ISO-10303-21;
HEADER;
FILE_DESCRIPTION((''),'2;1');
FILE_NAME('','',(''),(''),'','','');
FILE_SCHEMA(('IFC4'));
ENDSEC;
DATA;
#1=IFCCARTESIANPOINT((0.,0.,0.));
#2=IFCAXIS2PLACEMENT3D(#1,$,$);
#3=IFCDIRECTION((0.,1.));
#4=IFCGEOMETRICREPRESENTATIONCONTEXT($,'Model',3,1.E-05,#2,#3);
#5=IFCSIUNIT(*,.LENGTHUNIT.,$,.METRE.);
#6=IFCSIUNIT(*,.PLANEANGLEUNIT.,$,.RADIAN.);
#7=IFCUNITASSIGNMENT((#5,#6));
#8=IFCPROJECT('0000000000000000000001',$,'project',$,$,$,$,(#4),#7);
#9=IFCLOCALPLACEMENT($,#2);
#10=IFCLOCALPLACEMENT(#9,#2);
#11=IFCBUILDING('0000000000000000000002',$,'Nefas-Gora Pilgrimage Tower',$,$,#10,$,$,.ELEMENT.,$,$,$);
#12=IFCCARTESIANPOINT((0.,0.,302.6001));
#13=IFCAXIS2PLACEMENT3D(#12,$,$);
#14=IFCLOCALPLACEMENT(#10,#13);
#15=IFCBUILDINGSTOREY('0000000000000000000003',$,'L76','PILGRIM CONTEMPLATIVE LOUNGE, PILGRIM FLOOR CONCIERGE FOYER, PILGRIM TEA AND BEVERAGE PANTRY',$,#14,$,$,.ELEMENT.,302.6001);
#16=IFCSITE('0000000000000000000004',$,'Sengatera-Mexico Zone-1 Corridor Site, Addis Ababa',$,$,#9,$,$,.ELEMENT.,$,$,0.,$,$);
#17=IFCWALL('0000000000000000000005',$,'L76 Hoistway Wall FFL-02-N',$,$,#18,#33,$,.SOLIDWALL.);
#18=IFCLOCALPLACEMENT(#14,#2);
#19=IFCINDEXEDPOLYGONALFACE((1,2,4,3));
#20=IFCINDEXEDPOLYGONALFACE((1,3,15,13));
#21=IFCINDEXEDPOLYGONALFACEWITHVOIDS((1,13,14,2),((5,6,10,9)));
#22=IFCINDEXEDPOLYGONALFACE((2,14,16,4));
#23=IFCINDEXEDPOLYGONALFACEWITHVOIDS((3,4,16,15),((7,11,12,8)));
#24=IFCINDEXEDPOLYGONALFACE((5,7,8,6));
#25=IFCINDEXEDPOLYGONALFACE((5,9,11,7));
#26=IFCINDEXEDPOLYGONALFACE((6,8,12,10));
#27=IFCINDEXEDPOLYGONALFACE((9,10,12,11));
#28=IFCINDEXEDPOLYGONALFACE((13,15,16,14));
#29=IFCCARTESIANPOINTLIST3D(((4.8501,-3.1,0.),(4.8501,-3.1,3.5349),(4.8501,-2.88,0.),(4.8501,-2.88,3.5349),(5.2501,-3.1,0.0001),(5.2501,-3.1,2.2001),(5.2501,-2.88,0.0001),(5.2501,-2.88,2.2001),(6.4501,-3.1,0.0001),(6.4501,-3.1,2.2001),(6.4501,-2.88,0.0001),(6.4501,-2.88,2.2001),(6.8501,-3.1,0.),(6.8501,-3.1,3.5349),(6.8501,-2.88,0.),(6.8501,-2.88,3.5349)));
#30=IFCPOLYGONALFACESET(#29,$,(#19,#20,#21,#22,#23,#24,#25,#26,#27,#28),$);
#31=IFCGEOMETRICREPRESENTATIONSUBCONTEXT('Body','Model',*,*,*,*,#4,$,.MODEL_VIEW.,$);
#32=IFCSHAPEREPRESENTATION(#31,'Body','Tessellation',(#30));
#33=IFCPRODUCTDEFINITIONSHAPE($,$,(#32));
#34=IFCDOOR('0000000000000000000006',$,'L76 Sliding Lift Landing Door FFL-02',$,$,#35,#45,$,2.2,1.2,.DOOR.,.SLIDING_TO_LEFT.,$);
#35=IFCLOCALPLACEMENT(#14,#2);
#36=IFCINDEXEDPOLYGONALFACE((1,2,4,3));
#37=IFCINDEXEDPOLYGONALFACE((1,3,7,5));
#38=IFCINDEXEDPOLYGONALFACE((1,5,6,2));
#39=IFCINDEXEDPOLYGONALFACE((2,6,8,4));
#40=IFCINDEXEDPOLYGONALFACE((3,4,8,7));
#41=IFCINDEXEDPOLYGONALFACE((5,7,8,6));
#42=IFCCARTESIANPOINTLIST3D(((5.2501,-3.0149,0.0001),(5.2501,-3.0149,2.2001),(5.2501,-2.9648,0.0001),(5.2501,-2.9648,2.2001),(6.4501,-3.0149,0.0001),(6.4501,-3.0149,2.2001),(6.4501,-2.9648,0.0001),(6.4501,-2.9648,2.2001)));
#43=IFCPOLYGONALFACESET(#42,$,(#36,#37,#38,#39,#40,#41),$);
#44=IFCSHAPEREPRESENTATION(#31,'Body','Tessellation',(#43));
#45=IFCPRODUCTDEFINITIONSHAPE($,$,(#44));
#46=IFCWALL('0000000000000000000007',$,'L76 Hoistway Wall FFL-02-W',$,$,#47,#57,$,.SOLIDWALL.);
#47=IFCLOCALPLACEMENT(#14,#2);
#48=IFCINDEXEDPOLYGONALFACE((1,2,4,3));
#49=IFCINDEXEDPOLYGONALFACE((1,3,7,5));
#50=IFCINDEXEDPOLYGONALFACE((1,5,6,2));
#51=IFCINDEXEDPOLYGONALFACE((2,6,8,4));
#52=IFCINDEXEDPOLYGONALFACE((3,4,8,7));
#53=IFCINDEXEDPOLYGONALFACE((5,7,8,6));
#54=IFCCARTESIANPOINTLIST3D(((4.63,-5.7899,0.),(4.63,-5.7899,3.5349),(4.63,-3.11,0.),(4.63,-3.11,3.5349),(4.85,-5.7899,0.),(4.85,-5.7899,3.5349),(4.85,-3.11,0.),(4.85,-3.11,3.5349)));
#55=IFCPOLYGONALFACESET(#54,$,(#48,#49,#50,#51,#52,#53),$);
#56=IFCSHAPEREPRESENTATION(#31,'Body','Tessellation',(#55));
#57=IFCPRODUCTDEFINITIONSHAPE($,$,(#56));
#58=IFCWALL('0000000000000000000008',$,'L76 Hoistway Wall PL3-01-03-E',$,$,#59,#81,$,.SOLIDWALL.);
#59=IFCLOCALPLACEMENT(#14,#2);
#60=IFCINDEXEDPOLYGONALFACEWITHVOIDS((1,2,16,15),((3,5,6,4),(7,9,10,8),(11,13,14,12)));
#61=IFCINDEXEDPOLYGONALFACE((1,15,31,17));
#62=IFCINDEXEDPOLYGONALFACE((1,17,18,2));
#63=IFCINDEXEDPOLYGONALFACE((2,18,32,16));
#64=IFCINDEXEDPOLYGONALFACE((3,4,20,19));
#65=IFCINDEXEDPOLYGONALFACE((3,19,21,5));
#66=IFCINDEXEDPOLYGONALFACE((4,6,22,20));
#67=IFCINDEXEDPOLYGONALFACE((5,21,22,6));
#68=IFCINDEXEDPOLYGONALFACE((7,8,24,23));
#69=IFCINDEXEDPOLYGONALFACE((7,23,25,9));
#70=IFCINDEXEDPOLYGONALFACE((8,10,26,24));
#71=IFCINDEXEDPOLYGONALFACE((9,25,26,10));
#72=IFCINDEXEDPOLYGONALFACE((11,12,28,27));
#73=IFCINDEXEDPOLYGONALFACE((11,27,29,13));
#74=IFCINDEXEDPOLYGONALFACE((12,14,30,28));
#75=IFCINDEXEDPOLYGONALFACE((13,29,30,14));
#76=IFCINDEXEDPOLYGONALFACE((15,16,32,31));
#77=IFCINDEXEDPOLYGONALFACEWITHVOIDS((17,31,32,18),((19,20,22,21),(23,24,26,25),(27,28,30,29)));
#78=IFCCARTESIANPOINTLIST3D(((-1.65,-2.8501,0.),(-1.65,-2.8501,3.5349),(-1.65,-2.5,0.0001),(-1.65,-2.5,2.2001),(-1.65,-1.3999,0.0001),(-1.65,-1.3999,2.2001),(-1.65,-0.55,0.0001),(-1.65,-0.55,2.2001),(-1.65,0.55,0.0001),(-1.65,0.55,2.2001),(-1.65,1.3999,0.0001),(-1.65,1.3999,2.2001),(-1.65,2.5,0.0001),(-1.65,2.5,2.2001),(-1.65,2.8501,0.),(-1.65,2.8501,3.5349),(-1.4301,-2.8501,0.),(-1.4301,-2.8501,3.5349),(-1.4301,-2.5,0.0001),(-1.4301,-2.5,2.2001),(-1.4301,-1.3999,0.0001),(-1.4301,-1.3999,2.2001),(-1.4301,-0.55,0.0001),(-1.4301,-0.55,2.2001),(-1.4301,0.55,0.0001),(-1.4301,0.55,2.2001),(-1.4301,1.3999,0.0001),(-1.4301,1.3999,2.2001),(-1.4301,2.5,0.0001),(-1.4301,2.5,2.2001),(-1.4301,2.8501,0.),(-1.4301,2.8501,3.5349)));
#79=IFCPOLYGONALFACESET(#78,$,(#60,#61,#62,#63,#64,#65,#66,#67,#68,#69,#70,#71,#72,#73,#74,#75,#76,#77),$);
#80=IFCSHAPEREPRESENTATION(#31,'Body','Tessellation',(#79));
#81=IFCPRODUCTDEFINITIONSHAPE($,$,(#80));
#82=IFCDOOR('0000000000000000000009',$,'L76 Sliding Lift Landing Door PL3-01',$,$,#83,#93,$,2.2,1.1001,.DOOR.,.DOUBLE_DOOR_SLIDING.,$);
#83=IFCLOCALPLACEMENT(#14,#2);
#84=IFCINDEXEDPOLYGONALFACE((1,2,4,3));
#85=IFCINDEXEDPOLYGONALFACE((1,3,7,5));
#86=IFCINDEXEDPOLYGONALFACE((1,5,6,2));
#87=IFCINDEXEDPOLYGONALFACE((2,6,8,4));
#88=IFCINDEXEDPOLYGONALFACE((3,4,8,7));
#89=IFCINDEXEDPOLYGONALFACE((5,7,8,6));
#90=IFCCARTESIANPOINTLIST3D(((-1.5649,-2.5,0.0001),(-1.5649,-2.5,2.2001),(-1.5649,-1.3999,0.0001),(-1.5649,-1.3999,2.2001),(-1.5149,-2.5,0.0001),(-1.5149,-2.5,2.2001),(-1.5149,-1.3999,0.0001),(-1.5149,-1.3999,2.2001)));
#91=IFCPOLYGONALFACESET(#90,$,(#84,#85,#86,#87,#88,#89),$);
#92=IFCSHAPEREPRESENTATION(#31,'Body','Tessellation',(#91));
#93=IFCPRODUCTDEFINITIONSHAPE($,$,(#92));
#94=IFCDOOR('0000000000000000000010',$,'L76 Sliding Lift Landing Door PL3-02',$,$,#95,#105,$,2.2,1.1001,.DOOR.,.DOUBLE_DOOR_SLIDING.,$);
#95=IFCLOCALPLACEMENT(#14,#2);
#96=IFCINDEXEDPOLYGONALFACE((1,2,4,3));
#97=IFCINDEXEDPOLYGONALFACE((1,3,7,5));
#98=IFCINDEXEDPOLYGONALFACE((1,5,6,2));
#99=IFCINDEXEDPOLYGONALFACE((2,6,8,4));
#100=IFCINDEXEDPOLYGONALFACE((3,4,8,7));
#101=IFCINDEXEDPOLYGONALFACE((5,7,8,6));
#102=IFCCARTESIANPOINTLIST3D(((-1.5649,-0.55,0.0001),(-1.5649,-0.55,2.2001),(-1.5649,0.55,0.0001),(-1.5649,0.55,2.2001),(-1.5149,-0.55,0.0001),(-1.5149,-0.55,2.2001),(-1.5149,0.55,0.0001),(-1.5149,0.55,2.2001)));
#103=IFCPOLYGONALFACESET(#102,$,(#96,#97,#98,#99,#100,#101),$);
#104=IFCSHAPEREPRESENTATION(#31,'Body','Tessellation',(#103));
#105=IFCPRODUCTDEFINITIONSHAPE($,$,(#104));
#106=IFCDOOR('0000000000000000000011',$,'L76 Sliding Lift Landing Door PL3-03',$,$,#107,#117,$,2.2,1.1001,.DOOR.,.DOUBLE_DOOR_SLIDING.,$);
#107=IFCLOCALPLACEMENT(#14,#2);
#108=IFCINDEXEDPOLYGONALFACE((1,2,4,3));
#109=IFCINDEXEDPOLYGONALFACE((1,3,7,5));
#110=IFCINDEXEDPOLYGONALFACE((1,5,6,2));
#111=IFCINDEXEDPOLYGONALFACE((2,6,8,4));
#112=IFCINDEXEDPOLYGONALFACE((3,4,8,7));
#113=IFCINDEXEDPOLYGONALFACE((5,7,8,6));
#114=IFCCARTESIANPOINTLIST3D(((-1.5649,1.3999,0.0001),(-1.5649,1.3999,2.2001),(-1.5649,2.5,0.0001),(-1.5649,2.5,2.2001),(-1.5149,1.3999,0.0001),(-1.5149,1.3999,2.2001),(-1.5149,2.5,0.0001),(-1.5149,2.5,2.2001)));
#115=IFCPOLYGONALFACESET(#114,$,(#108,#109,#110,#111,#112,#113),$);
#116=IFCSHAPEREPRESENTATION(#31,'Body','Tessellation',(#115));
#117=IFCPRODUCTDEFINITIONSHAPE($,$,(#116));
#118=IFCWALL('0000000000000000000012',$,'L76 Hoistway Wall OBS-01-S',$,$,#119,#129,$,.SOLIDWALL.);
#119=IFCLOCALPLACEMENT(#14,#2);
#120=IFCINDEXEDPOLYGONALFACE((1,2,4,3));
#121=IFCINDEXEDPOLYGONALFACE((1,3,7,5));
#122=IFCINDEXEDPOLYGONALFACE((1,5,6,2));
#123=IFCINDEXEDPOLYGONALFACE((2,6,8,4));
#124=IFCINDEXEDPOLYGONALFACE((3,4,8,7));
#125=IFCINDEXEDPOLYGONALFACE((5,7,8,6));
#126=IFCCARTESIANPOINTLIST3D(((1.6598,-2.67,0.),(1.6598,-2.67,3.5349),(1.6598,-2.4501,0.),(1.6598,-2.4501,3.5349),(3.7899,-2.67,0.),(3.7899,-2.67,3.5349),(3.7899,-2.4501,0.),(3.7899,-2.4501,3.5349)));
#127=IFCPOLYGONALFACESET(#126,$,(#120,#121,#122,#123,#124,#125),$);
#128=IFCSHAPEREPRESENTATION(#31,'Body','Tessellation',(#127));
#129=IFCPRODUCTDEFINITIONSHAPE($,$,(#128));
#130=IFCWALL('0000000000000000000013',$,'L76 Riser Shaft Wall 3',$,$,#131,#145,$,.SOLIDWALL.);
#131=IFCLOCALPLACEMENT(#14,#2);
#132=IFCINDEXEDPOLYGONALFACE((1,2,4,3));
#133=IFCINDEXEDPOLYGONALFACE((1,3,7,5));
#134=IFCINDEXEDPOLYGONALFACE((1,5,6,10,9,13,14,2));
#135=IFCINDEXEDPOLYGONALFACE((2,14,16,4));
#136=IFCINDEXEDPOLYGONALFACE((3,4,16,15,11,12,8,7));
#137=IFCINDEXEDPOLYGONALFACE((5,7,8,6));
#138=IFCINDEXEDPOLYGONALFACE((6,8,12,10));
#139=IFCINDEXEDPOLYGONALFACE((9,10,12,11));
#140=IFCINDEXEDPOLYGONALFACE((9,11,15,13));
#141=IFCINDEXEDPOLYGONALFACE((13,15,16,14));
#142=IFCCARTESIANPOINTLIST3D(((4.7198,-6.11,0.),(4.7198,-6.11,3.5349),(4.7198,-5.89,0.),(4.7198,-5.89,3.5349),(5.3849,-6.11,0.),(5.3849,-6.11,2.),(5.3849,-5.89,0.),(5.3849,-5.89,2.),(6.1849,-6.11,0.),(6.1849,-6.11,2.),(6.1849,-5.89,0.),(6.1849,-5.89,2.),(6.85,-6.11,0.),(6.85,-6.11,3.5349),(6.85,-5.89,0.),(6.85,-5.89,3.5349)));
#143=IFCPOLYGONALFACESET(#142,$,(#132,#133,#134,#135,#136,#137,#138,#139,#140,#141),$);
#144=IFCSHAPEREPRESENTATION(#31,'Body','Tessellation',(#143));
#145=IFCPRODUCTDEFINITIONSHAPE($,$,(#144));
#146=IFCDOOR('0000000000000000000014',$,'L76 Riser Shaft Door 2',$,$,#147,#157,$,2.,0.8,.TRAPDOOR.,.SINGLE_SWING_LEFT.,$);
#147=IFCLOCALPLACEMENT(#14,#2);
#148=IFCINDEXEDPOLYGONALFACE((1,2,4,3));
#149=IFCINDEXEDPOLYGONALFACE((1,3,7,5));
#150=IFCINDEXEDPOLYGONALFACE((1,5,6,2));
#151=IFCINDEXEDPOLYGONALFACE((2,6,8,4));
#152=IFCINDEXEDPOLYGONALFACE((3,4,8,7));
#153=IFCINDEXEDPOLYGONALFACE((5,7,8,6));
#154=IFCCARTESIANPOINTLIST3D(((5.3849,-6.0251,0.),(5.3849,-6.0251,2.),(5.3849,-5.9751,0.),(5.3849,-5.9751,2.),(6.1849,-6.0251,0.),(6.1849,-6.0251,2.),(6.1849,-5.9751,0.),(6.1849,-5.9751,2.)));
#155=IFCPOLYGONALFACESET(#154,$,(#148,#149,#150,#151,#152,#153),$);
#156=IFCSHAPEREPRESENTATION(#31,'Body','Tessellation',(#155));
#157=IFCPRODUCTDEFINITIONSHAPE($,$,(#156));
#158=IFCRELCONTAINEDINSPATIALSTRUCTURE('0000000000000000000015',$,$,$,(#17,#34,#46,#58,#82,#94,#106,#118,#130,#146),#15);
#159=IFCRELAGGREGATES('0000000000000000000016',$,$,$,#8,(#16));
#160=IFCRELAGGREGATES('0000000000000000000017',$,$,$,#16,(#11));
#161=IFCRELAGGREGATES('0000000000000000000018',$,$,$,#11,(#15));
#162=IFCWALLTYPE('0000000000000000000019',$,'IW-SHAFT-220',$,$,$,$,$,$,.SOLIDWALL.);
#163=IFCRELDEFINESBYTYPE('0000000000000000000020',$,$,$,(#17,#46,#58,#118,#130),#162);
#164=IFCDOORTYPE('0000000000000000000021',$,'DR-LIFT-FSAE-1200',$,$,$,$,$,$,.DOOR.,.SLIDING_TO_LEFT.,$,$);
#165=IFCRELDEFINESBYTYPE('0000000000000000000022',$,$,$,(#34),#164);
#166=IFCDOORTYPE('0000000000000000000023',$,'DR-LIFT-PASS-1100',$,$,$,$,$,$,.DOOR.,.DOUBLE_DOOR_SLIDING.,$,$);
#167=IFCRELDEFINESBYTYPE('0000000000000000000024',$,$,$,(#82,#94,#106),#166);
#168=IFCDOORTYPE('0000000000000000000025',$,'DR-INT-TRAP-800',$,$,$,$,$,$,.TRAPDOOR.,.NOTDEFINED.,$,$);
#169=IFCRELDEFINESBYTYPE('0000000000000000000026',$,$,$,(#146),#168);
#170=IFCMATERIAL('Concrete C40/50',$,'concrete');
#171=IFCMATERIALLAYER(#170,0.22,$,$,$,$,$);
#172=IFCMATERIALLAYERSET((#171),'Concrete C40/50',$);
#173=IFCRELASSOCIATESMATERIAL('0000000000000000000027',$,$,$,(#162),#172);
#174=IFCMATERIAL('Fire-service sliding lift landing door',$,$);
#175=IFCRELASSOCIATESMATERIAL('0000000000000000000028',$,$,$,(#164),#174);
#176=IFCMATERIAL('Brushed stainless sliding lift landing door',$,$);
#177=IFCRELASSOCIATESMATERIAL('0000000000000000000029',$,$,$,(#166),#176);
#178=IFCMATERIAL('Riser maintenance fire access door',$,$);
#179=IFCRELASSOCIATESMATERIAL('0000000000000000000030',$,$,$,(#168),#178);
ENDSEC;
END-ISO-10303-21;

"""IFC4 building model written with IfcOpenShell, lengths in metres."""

from ifc_helpers import new_model, si_unit, direction, frame, frame_2d, origin, place, context, subcontext, project, spatial, rectangle, extrude, source, transform, mapped, material, layer, layer_set, type_object, element, fill, save


model = new_model("IFC4")

# Units and contexts
model_context = context("Model", 3, precision=1e-05, world=origin(), true_north=direction((0.0, 1.0)))
body_context = subcontext(model_context, "Body", "Model", "MODEL_VIEW")
ifc_project = project(units=[si_unit("LENGTHUNIT", "METRE"), si_unit("PLANEANGLEUNIT", "RADIAN")], contexts=[model_context])

# Site, building, storey
site_placement = place(None, origin())
site = spatial("IfcSite", under=ifc_project, at=site_placement, Name="Sengatera-Mexico Zone-1 Corridor Site, Addis Ababa", CompositionType="ELEMENT", RefElevation=0.0)
building_placement = place(site_placement, origin())
building = spatial("IfcBuilding", under=site, at=building_placement, Name="Nefas-Gora Pilgrimage Tower", CompositionType="ELEMENT")
storey_placement = place(building_placement, frame((0.0, 0.0, 302.6001)))
storey = spatial("IfcBuildingStorey", under=building, at=storey_placement, Name="L76", Description="PILGRIM CONTEMPLATIVE LOUNGE, PILGRIM FLOOR CONCIERGE FOYER, PILGRIM TEA AND BEVERAGE PANTRY", CompositionType="ELEMENT", Elevation=302.6001)

# Shared definitions
ifc_material_1 = material(Name="Concrete C40/50", Category="concrete")

# Wall, opening, door
ifc_layer_1 = layer(ifc_material_1, 0.22)
ifc_layer_set_1 = layer_set([ifc_layer_1], Name="Concrete C40/50")
wall_type_1 = type_object("IfcWallType", Name="IW-SHAFT-220", PredefinedType="SOLIDWALL", material=ifc_layer_set_1)
shared_shape_1 = source(origin(), body_context, "Body", "SweptSolid", [
    extrude(rectangle(XDim=2.0, YDim=0.22, at=frame_2d((1.0, 0.0))), origin(), (0.0, 0.0, 1.0), 3.5349),
])
wall_1_placement = place(storey_placement, frame((6.8501, -2.99, 0.0), z_axis=(0.0, 0.0, 1.0), x_axis=(-1.0, 0.0, 0.0)))
wall_1 = element("IfcWall", 1, at=wall_1_placement, inside=storey, type_object=wall_type_1, Name="L76 Hoistway Wall FFL-02-N", PredefinedType="SOLIDWALL", context=body_context, shape_type="MappedRepresentation", body=[
    mapped(shared_shape_1, transform((0.0, 0.0, 0.0), x_axis=(1.0, 0.0, 0.0), y_axis=(0.0, 1.0, 0.0), z_axis=(0.0, 0.0, 1.0), scale=1.0)),
])
opening_1_placement = place(wall_1_placement, frame((0.3999, 0.0, 0.0)))
opening_1 = element("IfcOpeningElement", 2, at=opening_1_placement, cuts=wall_1, PredefinedType="OPENING", context=body_context, shape_type="SweptSolid", body=[
    extrude(rectangle(XDim=1.2, YDim=2.2, at=frame_2d((0.6001, 1.1001))), frame((0.0, 0.1199, 0.0), z_axis=(0.0, -1.0, 0.0), x_axis=(1.0, 0.0, 0.0)), (0.0, 0.0, 1.0), 0.24),
])
ifc_material_2 = material(Name="Fire-service sliding lift landing door")
door_type_1 = type_object("IfcDoorType", Name="DR-LIFT-FSAE-1200", OperationType="SLIDING_TO_LEFT", PredefinedType="DOOR", material=ifc_material_2)
shared_shape_2 = source(origin(), body_context, "Body", "SweptSolid", [
    extrude(rectangle(XDim=1.2, YDim=2.2, at=frame_2d((0.6001, 1.1001))), frame((0.0, 0.0249, 0.0), z_axis=(0.0, -1.0, 0.0), x_axis=(1.0, 0.0, 0.0)), (0.0, 0.0, 1.0), 0.05),
])
door_1_placement = place(opening_1_placement, origin())
door_1 = element("IfcDoor", 3, at=door_1_placement, inside=storey, type_object=door_type_1, Name="L76 Sliding Lift Landing Door FFL-02", OperationType="SLIDING_TO_LEFT", OverallHeight=2.2, OverallWidth=1.2, PredefinedType="DOOR", context=body_context, shape_type="MappedRepresentation", body=[
    mapped(shared_shape_2, transform((0.0, 0.0, 0.0), x_axis=(1.0, 0.0, 0.0), y_axis=(0.0, 1.0, 0.0), z_axis=(0.0, 0.0, 1.0), scale=1.0)),
])
fill(opening_1, door_1)

# Wall
shared_shape_3 = source(origin(), body_context, "Body", "SweptSolid", [
    extrude(rectangle(XDim=2.6799, YDim=0.22, at=frame_2d((1.3398, 0.0))), origin(), (0.0, 0.0, 1.0), 3.5349),
])
wall_2_placement = place(storey_placement, frame((4.74, -3.1101, 0.0), z_axis=(0.0, 0.0, 1.0), x_axis=(0.0, -1.0, 0.0)))
element("IfcWall", 4, at=wall_2_placement, inside=storey, type_object=wall_type_1, Name="L76 Hoistway Wall FFL-02-W", PredefinedType="SOLIDWALL", context=body_context, shape_type="MappedRepresentation", body=[
    mapped(shared_shape_3, transform((0.0, 0.0, 0.0), x_axis=(1.0, 0.0, 0.0), y_axis=(0.0, 1.0, 0.0), z_axis=(0.0, 0.0, 1.0), scale=1.0)),
])

# Wall, openings, doors
shared_shape_4 = source(origin(), body_context, "Body", "SweptSolid", [
    extrude(rectangle(XDim=5.7002, YDim=0.22, at=frame_2d((2.8501, 0.0))), origin(), (0.0, 0.0, 1.0), 3.5349),
])
wall_3_placement = place(storey_placement, frame((-1.54, -2.8501, 0.0), z_axis=(0.0, 0.0, 1.0), x_axis=(0.0, 1.0, 0.0)))
wall_3 = element("IfcWall", 5, at=wall_3_placement, inside=storey, type_object=wall_type_1, Name="L76 Hoistway Wall PL3-01-03-E", PredefinedType="SOLIDWALL", context=body_context, shape_type="MappedRepresentation", body=[
    mapped(shared_shape_4, transform((0.0, 0.0, 0.0), x_axis=(1.0, 0.0, 0.0), y_axis=(0.0, 1.0, 0.0), z_axis=(0.0, 0.0, 1.0), scale=1.0)),
])
opening_2_placement = place(wall_3_placement, frame((0.3501, 0.0, 0.0)))
opening_2 = element("IfcOpeningElement", 6, at=opening_2_placement, cuts=wall_3, PredefinedType="OPENING", context=body_context, shape_type="SweptSolid", body=[
    extrude(rectangle(XDim=1.1001, YDim=2.2, at=frame_2d((0.55, 1.1001))), frame((0.0, 0.1199, 0.0), z_axis=(0.0, -1.0, 0.0), x_axis=(1.0, 0.0, 0.0)), (0.0, 0.0, 1.0), 0.24),
])
opening_3_placement = place(wall_3_placement, frame((2.3, 0.0, 0.0)))
opening_3 = element("IfcOpeningElement", 7, at=opening_3_placement, cuts=wall_3, PredefinedType="OPENING", context=body_context, shape_type="SweptSolid", body=[
    extrude(rectangle(XDim=1.1001, YDim=2.2, at=frame_2d((0.55, 1.1001))), frame((0.0, 0.1199, 0.0), z_axis=(0.0, -1.0, 0.0), x_axis=(1.0, 0.0, 0.0)), (0.0, 0.0, 1.0), 0.24),
])
opening_4_placement = place(wall_3_placement, frame((4.25, 0.0, 0.0)))
opening_4 = element("IfcOpeningElement", 8, at=opening_4_placement, cuts=wall_3, PredefinedType="OPENING", context=body_context, shape_type="SweptSolid", body=[
    extrude(rectangle(XDim=1.1001, YDim=2.2, at=frame_2d((0.55, 1.1001))), frame((0.0, 0.1199, 0.0), z_axis=(0.0, -1.0, 0.0), x_axis=(1.0, 0.0, 0.0)), (0.0, 0.0, 1.0), 0.24),
])
ifc_material_3 = material(Name="Brushed stainless sliding lift landing door")
door_type_2 = type_object("IfcDoorType", Name="DR-LIFT-PASS-1100", OperationType="DOUBLE_DOOR_SLIDING", PredefinedType="DOOR", material=ifc_material_3)
shared_shape_5 = source(origin(), body_context, "Body", "SweptSolid", [
    extrude(rectangle(XDim=1.1001, YDim=2.2, at=frame_2d((0.55, 1.1001))), frame((0.0, 0.0249, 0.0), z_axis=(0.0, -1.0, 0.0), x_axis=(1.0, 0.0, 0.0)), (0.0, 0.0, 1.0), 0.05),
])
door_2_placement = place(opening_2_placement, origin())
door_2 = element("IfcDoor", 9, at=door_2_placement, inside=storey, type_object=door_type_2, Name="L76 Sliding Lift Landing Door PL3-01", OperationType="DOUBLE_DOOR_SLIDING", OverallHeight=2.2, OverallWidth=1.1001, PredefinedType="DOOR", context=body_context, shape_type="MappedRepresentation", body=[
    mapped(shared_shape_5, transform((0.0, 0.0, 0.0), x_axis=(1.0, 0.0, 0.0), y_axis=(0.0, 1.0, 0.0), z_axis=(0.0, 0.0, 1.0), scale=1.0)),
])
fill(opening_2, door_2)
door_3_placement = place(opening_3_placement, origin())
door_3 = element("IfcDoor", 10, at=door_3_placement, inside=storey, type_object=door_type_2, Name="L76 Sliding Lift Landing Door PL3-02", OperationType="DOUBLE_DOOR_SLIDING", OverallHeight=2.2, OverallWidth=1.1001, PredefinedType="DOOR", context=body_context, shape_type="MappedRepresentation", body=[
    mapped(shared_shape_5, transform((0.0, 0.0, 0.0), x_axis=(1.0, 0.0, 0.0), y_axis=(0.0, 1.0, 0.0), z_axis=(0.0, 0.0, 1.0), scale=1.0)),
])
fill(opening_3, door_3)
door_4_placement = place(opening_4_placement, origin())
door_4 = element("IfcDoor", 11, at=door_4_placement, inside=storey, type_object=door_type_2, Name="L76 Sliding Lift Landing Door PL3-03", OperationType="DOUBLE_DOOR_SLIDING", OverallHeight=2.2, OverallWidth=1.1001, PredefinedType="DOOR", context=body_context, shape_type="MappedRepresentation", body=[
    mapped(shared_shape_5, transform((0.0, 0.0, 0.0), x_axis=(1.0, 0.0, 0.0), y_axis=(0.0, 1.0, 0.0), z_axis=(0.0, 0.0, 1.0), scale=1.0)),
])
fill(opening_4, door_4)

# Wall
shared_shape_6 = source(origin(), body_context, "Body", "SweptSolid", [
    extrude(rectangle(XDim=2.1301, YDim=0.22, at=frame_2d((1.0649, 0.0))), origin(), (0.0, 0.0, 1.0), 3.5349),
])
wall_4_placement = place(storey_placement, frame((1.6599, -2.5601, 0.0), z_axis=(0.0, 0.0, 1.0), x_axis=(1.0, 0.0, 0.0)))
element("IfcWall", 12, at=wall_4_placement, inside=storey, type_object=wall_type_1, Name="L76 Hoistway Wall OBS-01-S", PredefinedType="SOLIDWALL", context=body_context, shape_type="MappedRepresentation", body=[
    mapped(shared_shape_6, transform((0.0, 0.0, 0.0), x_axis=(1.0, 0.0, 0.0), y_axis=(0.0, 1.0, 0.0), z_axis=(0.0, 0.0, 1.0), scale=1.0)),
])

# Wall, opening, door
wall_5_placement = place(storey_placement, frame((4.72, -6.0, 0.0), z_axis=(0.0, 0.0, 1.0), x_axis=(1.0, 0.0, 0.0)))
wall_5 = element("IfcWall", 13, at=wall_5_placement, inside=storey, type_object=wall_type_1, Name="L76 Riser Shaft Wall 3", PredefinedType="SOLIDWALL", context=body_context, shape_type="MappedRepresentation", body=[
    mapped(shared_shape_6, transform((0.0, 0.0, 0.0), x_axis=(1.0, 0.0, 0.0), y_axis=(0.0, 1.0, 0.0), z_axis=(0.0, 0.0, 1.0), scale=1.0)),
])
opening_5_placement = place(wall_5_placement, frame((0.665, 0.0, 0.0)))
opening_5 = element("IfcOpeningElement", 14, at=opening_5_placement, cuts=wall_5, PredefinedType="OPENING", context=body_context, shape_type="SweptSolid", body=[
    extrude(rectangle(XDim=0.8, YDim=2.0, at=frame_2d((0.3999, 1.0))), frame((0.0, 0.1199, 0.0), z_axis=(0.0, -1.0, 0.0), x_axis=(1.0, 0.0, 0.0)), (0.0, 0.0, 1.0), 0.24),
])
ifc_material_4 = material(Name="Riser maintenance fire access door")
door_type_3 = type_object("IfcDoorType", Name="DR-INT-TRAP-800", OperationType="NOTDEFINED", PredefinedType="TRAPDOOR", material=ifc_material_4)
shared_shape_7 = source(origin(), body_context, "Body", "SweptSolid", [
    extrude(rectangle(XDim=0.8, YDim=2.0, at=frame_2d((0.3999, 1.0))), frame((0.0, 0.0249, 0.0), z_axis=(0.0, -1.0, 0.0), x_axis=(1.0, 0.0, 0.0)), (0.0, 0.0, 1.0), 0.05),
])
door_5_placement = place(opening_5_placement, origin())
door_5 = element("IfcDoor", 15, at=door_5_placement, inside=storey, type_object=door_type_3, Name="L76 Riser Shaft Door 2", OperationType="SINGLE_SWING_LEFT", OverallHeight=2.0, OverallWidth=0.8, PredefinedType="TRAPDOOR", context=body_context, shape_type="MappedRepresentation", body=[
    mapped(shared_shape_7, transform((0.0, 0.0, 0.0), x_axis=(1.0, 0.0, 0.0), y_axis=(0.0, 1.0, 0.0), z_axis=(0.0, 0.0, 1.0), scale=1.0)),
])
fill(opening_5, door_5)

save(model, "model.ifc")
